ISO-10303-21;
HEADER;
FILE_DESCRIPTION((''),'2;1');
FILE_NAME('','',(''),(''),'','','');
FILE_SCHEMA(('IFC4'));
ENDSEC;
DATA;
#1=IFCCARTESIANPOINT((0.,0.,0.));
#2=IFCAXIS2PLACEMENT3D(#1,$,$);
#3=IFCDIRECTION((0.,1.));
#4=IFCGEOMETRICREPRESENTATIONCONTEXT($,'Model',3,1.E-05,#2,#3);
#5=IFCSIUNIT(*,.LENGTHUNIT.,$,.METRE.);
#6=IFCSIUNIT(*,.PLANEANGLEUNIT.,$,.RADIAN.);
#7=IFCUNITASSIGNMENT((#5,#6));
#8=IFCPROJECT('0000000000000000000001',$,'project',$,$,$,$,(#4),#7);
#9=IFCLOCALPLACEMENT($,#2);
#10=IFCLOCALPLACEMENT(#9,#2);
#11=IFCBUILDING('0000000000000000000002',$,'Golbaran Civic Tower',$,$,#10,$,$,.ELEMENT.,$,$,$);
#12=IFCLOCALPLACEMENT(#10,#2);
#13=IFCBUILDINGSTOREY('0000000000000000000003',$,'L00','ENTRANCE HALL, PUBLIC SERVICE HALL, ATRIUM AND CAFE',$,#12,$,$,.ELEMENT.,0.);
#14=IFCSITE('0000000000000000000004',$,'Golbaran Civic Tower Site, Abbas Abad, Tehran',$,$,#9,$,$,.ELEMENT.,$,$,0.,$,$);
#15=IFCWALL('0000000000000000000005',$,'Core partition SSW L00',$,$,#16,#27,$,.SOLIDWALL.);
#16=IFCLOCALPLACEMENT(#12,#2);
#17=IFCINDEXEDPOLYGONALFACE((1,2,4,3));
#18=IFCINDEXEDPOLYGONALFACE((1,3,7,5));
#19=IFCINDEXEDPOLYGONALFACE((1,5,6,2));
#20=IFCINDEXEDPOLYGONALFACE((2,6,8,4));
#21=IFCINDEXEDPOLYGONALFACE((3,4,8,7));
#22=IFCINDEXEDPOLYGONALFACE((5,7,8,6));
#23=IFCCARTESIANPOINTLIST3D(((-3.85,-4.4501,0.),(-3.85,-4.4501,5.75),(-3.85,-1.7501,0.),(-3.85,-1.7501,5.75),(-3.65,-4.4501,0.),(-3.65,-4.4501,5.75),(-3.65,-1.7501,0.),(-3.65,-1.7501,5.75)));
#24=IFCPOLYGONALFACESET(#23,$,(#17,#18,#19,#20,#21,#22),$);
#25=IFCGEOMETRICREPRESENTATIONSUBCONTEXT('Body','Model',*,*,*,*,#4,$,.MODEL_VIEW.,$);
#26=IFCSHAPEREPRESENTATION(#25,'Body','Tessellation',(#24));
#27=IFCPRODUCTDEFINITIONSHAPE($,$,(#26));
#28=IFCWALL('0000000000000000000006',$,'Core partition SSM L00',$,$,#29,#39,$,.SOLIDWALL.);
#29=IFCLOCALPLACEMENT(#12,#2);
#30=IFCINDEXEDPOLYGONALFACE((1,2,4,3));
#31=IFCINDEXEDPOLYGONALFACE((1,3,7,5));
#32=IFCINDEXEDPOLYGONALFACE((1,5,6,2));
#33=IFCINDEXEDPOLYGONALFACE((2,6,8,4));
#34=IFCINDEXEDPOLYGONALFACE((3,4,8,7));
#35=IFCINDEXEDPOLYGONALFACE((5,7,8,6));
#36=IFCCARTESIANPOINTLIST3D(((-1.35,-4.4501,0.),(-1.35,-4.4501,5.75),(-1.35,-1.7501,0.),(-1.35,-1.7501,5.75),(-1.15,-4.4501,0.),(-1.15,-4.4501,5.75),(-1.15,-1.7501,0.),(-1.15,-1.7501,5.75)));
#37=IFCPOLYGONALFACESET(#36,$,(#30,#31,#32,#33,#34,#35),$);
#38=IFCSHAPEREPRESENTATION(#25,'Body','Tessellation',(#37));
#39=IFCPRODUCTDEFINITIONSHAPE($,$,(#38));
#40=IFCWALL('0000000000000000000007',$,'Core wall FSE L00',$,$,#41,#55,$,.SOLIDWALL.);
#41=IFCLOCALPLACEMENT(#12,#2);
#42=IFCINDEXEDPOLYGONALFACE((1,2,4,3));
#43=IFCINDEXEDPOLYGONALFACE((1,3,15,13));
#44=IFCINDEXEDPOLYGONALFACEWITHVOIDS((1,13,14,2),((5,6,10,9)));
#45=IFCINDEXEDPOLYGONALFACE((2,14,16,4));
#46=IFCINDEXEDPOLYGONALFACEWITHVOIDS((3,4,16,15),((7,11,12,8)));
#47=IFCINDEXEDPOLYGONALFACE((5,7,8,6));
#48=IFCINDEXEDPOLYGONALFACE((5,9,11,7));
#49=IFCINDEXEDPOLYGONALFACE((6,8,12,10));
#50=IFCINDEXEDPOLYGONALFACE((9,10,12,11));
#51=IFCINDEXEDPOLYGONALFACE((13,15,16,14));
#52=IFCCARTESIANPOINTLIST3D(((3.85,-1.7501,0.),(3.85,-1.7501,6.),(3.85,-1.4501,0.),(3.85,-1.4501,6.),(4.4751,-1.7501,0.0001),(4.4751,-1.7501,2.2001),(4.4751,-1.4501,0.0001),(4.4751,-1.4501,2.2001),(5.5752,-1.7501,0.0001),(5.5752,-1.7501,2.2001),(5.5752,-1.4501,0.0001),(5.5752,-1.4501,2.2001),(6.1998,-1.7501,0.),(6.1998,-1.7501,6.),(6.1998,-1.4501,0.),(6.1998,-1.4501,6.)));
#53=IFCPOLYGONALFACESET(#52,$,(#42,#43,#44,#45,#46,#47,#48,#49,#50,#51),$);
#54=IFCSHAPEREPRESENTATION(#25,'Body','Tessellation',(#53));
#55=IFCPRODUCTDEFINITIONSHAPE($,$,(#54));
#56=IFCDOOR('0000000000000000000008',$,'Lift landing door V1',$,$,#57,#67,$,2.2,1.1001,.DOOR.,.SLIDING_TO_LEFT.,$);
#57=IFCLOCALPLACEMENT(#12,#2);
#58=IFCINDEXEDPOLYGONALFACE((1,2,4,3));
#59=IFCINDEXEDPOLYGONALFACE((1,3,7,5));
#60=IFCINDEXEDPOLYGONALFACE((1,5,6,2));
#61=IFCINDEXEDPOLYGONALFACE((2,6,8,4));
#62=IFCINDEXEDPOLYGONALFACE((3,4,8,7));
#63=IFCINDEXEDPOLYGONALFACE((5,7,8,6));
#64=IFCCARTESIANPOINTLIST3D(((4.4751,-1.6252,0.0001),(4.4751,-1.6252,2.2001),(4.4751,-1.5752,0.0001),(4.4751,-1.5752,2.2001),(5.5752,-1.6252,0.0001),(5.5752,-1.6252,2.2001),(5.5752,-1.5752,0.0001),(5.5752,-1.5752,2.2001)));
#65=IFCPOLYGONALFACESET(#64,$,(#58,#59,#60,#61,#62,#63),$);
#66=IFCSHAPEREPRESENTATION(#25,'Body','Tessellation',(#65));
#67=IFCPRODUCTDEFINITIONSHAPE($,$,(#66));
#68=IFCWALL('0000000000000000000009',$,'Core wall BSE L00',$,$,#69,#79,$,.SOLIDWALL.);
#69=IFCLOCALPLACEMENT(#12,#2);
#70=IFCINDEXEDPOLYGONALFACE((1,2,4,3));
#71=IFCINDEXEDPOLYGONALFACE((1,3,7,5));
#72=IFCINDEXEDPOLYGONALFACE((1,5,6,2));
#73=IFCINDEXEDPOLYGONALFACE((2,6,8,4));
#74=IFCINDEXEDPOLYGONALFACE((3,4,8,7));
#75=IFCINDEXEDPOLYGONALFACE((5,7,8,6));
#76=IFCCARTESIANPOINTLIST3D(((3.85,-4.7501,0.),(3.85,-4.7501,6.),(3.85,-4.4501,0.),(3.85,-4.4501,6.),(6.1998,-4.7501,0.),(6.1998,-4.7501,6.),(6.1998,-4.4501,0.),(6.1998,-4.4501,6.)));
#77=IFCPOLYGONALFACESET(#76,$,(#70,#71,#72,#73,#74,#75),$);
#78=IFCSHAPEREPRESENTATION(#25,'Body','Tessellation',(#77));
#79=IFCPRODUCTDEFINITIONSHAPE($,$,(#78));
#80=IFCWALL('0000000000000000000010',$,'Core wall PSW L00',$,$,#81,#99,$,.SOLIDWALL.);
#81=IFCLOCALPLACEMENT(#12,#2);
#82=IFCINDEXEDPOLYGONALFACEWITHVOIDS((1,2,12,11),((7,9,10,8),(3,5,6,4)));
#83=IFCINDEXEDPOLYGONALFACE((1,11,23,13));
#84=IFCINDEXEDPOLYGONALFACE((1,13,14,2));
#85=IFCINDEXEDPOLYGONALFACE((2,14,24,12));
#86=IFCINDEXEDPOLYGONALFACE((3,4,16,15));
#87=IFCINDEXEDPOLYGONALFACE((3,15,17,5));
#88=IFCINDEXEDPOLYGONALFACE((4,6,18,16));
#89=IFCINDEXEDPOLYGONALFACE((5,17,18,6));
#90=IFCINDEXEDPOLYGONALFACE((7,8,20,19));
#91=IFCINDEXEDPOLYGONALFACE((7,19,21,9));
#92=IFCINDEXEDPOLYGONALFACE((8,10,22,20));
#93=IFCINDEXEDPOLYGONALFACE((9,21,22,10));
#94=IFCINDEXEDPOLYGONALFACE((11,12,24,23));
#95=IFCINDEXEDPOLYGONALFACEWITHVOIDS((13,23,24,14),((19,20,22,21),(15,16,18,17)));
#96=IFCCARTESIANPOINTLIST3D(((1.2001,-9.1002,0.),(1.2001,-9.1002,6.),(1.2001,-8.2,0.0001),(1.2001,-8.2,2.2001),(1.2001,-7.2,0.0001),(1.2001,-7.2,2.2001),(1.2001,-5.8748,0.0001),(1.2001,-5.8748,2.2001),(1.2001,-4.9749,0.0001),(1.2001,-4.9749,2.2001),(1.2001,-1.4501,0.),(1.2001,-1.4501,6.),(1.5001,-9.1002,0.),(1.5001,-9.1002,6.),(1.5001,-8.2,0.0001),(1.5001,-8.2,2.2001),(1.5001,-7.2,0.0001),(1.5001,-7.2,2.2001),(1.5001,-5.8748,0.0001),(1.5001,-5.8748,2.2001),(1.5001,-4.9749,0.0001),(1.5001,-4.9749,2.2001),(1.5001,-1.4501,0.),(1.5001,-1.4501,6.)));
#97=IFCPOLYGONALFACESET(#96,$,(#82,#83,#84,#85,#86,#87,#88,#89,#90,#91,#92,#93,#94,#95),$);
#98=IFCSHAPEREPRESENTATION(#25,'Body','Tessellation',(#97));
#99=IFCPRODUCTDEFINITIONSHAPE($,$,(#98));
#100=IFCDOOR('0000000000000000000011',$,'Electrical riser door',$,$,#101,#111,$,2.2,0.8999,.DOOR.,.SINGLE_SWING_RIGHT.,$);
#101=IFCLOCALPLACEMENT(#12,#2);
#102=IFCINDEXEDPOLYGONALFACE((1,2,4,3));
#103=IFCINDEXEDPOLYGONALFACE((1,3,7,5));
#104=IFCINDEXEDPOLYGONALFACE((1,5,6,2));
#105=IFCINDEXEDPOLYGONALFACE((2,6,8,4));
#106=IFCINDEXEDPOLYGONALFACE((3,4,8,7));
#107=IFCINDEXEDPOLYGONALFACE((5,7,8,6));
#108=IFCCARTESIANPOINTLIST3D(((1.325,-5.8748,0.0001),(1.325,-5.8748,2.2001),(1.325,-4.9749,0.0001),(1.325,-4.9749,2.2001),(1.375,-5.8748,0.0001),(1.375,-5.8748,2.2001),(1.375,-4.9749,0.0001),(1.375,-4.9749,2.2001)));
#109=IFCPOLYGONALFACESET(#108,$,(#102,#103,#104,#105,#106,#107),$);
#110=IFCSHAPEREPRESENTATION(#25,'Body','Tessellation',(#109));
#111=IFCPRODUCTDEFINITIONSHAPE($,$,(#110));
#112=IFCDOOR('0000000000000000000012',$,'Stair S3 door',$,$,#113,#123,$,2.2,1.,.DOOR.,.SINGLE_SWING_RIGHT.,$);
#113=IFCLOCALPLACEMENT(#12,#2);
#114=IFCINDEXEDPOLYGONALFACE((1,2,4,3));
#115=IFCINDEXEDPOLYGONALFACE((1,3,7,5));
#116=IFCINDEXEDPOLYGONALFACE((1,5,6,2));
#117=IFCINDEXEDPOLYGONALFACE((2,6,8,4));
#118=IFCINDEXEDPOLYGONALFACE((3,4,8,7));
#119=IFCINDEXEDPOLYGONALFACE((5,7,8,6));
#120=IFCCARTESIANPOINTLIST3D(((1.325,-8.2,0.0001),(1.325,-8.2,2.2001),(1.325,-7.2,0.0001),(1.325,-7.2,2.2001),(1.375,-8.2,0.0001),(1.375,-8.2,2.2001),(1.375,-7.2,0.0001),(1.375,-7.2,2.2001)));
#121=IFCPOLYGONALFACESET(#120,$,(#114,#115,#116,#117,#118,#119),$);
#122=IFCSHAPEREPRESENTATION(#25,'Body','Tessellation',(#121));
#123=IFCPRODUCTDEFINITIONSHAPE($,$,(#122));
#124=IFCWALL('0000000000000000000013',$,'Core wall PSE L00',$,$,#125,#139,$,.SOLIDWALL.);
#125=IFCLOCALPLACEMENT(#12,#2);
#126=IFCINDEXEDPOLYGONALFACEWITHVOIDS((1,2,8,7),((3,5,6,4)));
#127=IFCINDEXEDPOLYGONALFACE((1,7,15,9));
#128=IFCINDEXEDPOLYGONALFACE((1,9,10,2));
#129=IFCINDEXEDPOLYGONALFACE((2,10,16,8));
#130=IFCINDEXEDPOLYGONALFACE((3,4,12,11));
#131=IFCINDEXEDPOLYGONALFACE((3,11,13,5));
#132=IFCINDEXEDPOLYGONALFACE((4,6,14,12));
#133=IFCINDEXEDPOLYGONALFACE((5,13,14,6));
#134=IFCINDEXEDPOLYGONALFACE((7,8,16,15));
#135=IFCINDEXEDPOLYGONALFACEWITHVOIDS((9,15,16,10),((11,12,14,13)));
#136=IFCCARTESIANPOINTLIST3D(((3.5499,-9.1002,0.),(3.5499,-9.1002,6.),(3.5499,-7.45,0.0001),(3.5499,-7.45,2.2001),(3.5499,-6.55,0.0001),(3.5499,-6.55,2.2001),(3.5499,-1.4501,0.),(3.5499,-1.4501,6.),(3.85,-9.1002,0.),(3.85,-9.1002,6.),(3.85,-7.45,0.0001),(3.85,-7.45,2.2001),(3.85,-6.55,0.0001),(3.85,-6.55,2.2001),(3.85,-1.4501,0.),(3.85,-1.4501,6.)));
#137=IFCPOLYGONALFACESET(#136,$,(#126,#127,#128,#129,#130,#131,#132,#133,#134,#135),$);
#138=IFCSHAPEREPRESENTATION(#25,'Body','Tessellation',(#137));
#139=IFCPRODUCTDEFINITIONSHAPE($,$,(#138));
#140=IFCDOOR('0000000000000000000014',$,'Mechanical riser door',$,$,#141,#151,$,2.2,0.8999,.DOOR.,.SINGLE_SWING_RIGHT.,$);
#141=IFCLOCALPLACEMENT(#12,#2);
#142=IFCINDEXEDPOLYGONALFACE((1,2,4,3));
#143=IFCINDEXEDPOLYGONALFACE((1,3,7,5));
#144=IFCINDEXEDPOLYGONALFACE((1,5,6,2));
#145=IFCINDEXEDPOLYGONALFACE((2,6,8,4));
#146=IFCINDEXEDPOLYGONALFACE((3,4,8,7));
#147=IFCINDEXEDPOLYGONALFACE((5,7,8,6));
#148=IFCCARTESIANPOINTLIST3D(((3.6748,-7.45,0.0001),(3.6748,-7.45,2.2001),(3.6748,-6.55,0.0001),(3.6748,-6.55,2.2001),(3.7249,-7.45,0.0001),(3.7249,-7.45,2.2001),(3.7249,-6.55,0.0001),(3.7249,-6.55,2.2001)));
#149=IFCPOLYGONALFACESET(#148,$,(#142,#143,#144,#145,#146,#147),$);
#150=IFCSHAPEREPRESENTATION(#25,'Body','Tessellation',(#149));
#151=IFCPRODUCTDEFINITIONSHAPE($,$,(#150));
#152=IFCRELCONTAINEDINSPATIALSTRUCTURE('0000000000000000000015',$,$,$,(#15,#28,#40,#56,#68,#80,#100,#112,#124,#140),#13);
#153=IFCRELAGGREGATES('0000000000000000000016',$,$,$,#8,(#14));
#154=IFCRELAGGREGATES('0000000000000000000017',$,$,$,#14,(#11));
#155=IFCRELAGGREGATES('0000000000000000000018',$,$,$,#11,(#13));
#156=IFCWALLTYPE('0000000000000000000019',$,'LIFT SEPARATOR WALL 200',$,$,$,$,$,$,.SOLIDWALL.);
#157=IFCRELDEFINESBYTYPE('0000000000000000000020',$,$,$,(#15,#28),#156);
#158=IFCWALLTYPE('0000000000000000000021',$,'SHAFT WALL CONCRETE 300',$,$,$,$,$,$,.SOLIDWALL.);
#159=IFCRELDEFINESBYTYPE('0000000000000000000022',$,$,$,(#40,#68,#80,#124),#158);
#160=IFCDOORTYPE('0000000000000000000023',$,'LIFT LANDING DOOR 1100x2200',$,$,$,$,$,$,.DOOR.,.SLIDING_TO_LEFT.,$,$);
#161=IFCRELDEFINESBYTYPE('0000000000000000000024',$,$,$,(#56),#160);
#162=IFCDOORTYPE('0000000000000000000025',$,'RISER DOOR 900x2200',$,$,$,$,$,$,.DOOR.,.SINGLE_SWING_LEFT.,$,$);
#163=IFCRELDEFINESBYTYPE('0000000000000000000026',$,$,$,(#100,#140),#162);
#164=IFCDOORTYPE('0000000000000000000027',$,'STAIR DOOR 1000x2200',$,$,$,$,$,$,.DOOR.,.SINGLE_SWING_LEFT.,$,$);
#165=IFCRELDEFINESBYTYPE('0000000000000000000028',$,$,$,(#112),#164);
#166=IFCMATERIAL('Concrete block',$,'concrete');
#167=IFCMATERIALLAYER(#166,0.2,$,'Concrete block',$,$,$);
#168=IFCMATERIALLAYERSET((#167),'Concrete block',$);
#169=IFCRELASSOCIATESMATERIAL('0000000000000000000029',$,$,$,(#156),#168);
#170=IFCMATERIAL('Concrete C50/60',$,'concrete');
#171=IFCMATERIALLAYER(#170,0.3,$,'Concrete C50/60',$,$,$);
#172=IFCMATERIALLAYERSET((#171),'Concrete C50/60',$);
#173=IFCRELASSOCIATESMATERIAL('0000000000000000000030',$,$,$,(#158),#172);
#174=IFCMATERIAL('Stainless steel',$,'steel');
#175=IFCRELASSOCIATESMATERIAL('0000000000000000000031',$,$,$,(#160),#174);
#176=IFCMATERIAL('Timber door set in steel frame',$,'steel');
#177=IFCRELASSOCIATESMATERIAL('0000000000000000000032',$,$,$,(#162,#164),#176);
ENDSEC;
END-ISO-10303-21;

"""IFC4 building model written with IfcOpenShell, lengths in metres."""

from ifc_helpers import new_model, si_unit, direction, frame, frame_2d, origin, place, context, subcontext, project, spatial, rectangle, extrude, material, layer, layer_set, type_object, element, fill, save


model = new_model("IFC4")

# Units and contexts
model_context = context("Model", 3, precision=1e-05, world=origin(), true_north=direction((0.0, 1.0)))
body_context = subcontext(model_context, "Body", "Model", "MODEL_VIEW")
ifc_project = project(units=[si_unit("LENGTHUNIT", "METRE"), si_unit("PLANEANGLEUNIT", "RADIAN")], contexts=[model_context])

# Site, building, storey
site_placement = place(None, origin())
site = spatial("IfcSite", under=ifc_project, at=site_placement, Name="Golbaran Civic Tower Site, Abbas Abad, Tehran", CompositionType="ELEMENT", RefElevation=0.0)
building_placement = place(site_placement, origin())
building = spatial("IfcBuilding", under=site, at=building_placement, Name="Golbaran Civic Tower", CompositionType="ELEMENT")
storey_placement = place(building_placement, origin())
storey = spatial("IfcBuildingStorey", under=building, at=storey_placement, Name="L00", Description="ENTRANCE HALL, PUBLIC SERVICE HALL, ATRIUM AND CAFE", CompositionType="ELEMENT", Elevation=0.0)

# Shared definitions
ifc_material_1 = material(Name="Timber door set in steel frame", Category="steel")

# Walls
ifc_material_2 = material(Name="Concrete block", Category="concrete")
ifc_layer_1 = layer(ifc_material_2, 0.2, Name="Concrete block")
ifc_layer_set_1 = layer_set([ifc_layer_1], Name="Concrete block")
wall_type_1 = type_object("IfcWallType", Name="LIFT SEPARATOR WALL 200", PredefinedType="SOLIDWALL", material=ifc_layer_set_1)
for number, where, z_axis, x_axis, name in (
    (1, (-3.75, -1.75, 0.0), (0.0, 0.0, 1.0), (0.0, -1.0, 0.0), "Core partition SSW L00"),
    (2, (-1.25, -1.75, 0.0), (0.0, 0.0, 1.0), (0.0, -1.0, 0.0), "Core partition SSM L00"),
):
    element("IfcWall", number, at=place(storey_placement, frame(where, z_axis=z_axis, x_axis=x_axis)), inside=storey, type_object=wall_type_1, Name=name, PredefinedType="SOLIDWALL", context=body_context, shape_type="SweptSolid", body=[
        extrude(rectangle(XDim=2.7, YDim=0.2, at=frame_2d((1.3501, 0.0))), origin(), (0.0, 0.0, 1.0), 5.75),
    ])

# Wall, opening, door
ifc_material_3 = material(Name="Concrete C50/60", Category="concrete")
ifc_layer_2 = layer(ifc_material_3, 0.3, Name="Concrete C50/60")
ifc_layer_set_2 = layer_set([ifc_layer_2], Name="Concrete C50/60")
wall_type_2 = type_object("IfcWallType", Name="SHAFT WALL CONCRETE 300", PredefinedType="SOLIDWALL", material=ifc_layer_set_2)
wall_1_placement = place(storey_placement, frame((3.8501, -1.6001, 0.0), z_axis=(0.0, 0.0, 1.0), x_axis=(1.0, 0.0, 0.0)))
wall_1 = element("IfcWall", 3, at=wall_1_placement, inside=storey, type_object=wall_type_2, Name="Core wall FSE L00", PredefinedType="SOLIDWALL", context=body_context, shape_type="SweptSolid", body=[
    extrude(rectangle(XDim=2.3499, YDim=0.3, at=frame_2d((1.1748, 0.0))), origin(), (0.0, 0.0, 1.0), 6.0),
])
opening_1_placement = place(wall_1_placement, frame((0.625, 0.0, 0.0)))
opening_1 = element("IfcOpeningElement", 4, at=opening_1_placement, cuts=wall_1, PredefinedType="OPENING", context=body_context, shape_type="SweptSolid", body=[
    extrude(rectangle(XDim=1.1001, YDim=2.2, at=frame_2d((0.55, 1.1001))), frame((0.0, 0.1599, 0.0), z_axis=(0.0, -1.0, 0.0), x_axis=(1.0, 0.0, 0.0)), (0.0, 0.0, 1.0), 0.3201),
])
ifc_material_4 = material(Name="Stainless steel", Category="steel")
door_type_1 = type_object("IfcDoorType", Name="LIFT LANDING DOOR 1100x2200", OperationType="SLIDING_TO_LEFT", PredefinedType="DOOR", material=ifc_material_4)
door_1_placement = place(opening_1_placement, origin())
door_1 = element("IfcDoor", 5, at=door_1_placement, inside=storey, type_object=door_type_1, Name="Lift landing door V1", OperationType="SLIDING_TO_LEFT", OverallHeight=2.2, OverallWidth=1.1001, PredefinedType="DOOR", context=body_context, shape_type="SweptSolid", body=[
    extrude(rectangle(XDim=1.1001, YDim=2.2, at=frame_2d((0.55, 1.1001))), frame((0.0, 0.0249, 0.0), z_axis=(0.0, -1.0, 0.0), x_axis=(1.0, 0.0, 0.0)), (0.0, 0.0, 1.0), 0.05),
])
fill(opening_1, door_1)

# Wall
wall_2_placement = place(storey_placement, frame((3.8501, -4.6001, 0.0), z_axis=(0.0, 0.0, 1.0), x_axis=(1.0, 0.0, 0.0)))
element("IfcWall", 6, at=wall_2_placement, inside=storey, type_object=wall_type_2, Name="Core wall BSE L00", PredefinedType="SOLIDWALL", context=body_context, shape_type="SweptSolid", body=[
    extrude(rectangle(XDim=2.3499, YDim=0.3, at=frame_2d((1.1748, 0.0))), origin(), (0.0, 0.0, 1.0), 6.0),
])

# Wall, openings, doors
wall_3_placement = place(storey_placement, frame((1.3501, -1.45, 0.0), z_axis=(0.0, 0.0, 1.0), x_axis=(0.0, -1.0, 0.0)))
wall_3 = element("IfcWall", 7, at=wall_3_placement, inside=storey, type_object=wall_type_2, Name="Core wall PSW L00", PredefinedType="SOLIDWALL", context=body_context, shape_type="SweptSolid", body=[
    extrude(rectangle(XDim=7.6501, YDim=0.3, at=frame_2d((3.8252, 0.0))), origin(), (0.0, 0.0, 1.0), 6.0),
])
opening_2_placement = place(wall_3_placement, frame((5.75, 0.0, 0.0)))
opening_2 = element("IfcOpeningElement", 8, at=opening_2_placement, cuts=wall_3, PredefinedType="OPENING", context=body_context, shape_type="SweptSolid", body=[
    extrude(rectangle(XDim=1.0, YDim=2.2, at=frame_2d((0.5, 1.1001))), frame((0.0, 0.1599, 0.0), z_axis=(0.0, -1.0, 0.0), x_axis=(1.0, 0.0, 0.0)), (0.0, 0.0, 1.0), 0.3201),
])
opening_3_placement = place(wall_3_placement, frame((3.5249, 0.0, 0.0)))
opening_3 = element("IfcOpeningElement", 9, at=opening_3_placement, cuts=wall_3, PredefinedType="OPENING", context=body_context, shape_type="SweptSolid", body=[
    extrude(rectangle(XDim=0.8999, YDim=2.2, at=frame_2d((0.45, 1.1001))), frame((0.0, 0.1599, 0.0), z_axis=(0.0, -1.0, 0.0), x_axis=(1.0, 0.0, 0.0)), (0.0, 0.0, 1.0), 0.3201),
])
door_type_2 = type_object("IfcDoorType", Name="RISER DOOR 900x2200", OperationType="SINGLE_SWING_LEFT", PredefinedType="DOOR", material=ifc_material_1)
door_2_placement = place(opening_3_placement, origin())
door_2 = element("IfcDoor", 10, at=door_2_placement, inside=storey, type_object=door_type_2, Name="Electrical riser door", OperationType="SINGLE_SWING_RIGHT", OverallHeight=2.2, OverallWidth=0.8999, PredefinedType="DOOR", context=body_context, shape_type="SweptSolid", body=[
    extrude(rectangle(XDim=0.8999, YDim=2.2, at=frame_2d((0.45, 1.1001))), frame((0.0, 0.0249, 0.0), z_axis=(0.0, -1.0, 0.0), x_axis=(1.0, 0.0, 0.0)), (0.0, 0.0, 1.0), 0.05),
])
fill(opening_3, door_2)
door_type_3 = type_object("IfcDoorType", Name="STAIR DOOR 1000x2200", OperationType="SINGLE_SWING_LEFT", PredefinedType="DOOR", material=ifc_material_1)
door_3_placement = place(opening_2_placement, origin())
door_3 = element("IfcDoor", 11, at=door_3_placement, inside=storey, type_object=door_type_3, Name="Stair S3 door", OperationType="SINGLE_SWING_RIGHT", OverallHeight=2.2, OverallWidth=1.0, PredefinedType="DOOR", context=body_context, shape_type="SweptSolid", body=[
    extrude(rectangle(XDim=1.0, YDim=2.2, at=frame_2d((0.5, 1.1001))), frame((0.0, 0.0249, 0.0), z_axis=(0.0, -1.0, 0.0), x_axis=(1.0, 0.0, 0.0)), (0.0, 0.0, 1.0), 0.05),
])
fill(opening_2, door_3)

# Wall, opening, door
wall_4_placement = place(storey_placement, frame((3.7, -1.45, 0.0), z_axis=(0.0, 0.0, 1.0), x_axis=(0.0, -1.0, 0.0)))
wall_4 = element("IfcWall", 12, at=wall_4_placement, inside=storey, type_object=wall_type_2, Name="Core wall PSE L00", PredefinedType="SOLIDWALL", context=body_context, shape_type="SweptSolid", body=[
    extrude(rectangle(XDim=7.6501, YDim=0.3, at=frame_2d((3.8252, 0.0))), origin(), (0.0, 0.0, 1.0), 6.0),
])
opening_4_placement = place(wall_4_placement, frame((5.1001, 0.0, 0.0)))
opening_4 = element("IfcOpeningElement", 13, at=opening_4_placement, cuts=wall_4, PredefinedType="OPENING", context=body_context, shape_type="SweptSolid", body=[
    extrude(rectangle(XDim=0.8999, YDim=2.2, at=frame_2d((0.45, 1.1001))), frame((0.0, 0.1599, 0.0), z_axis=(0.0, -1.0, 0.0), x_axis=(1.0, 0.0, 0.0)), (0.0, 0.0, 1.0), 0.3201),
])
door_4_placement = place(opening_4_placement, origin())
door_4 = element("IfcDoor", 14, at=door_4_placement, inside=storey, type_object=door_type_2, Name="Mechanical riser door", OperationType="SINGLE_SWING_RIGHT", OverallHeight=2.2, OverallWidth=0.8999, PredefinedType="DOOR", context=body_context, shape_type="SweptSolid", body=[
    extrude(rectangle(XDim=0.8999, YDim=2.2, at=frame_2d((0.45, 1.1001))), frame((0.0, 0.0249, 0.0), z_axis=(0.0, -1.0, 0.0), x_axis=(1.0, 0.0, 0.0)), (0.0, 0.0, 1.0), 0.05),
])
fill(opening_4, door_4)

save(model, "model.ifc")
